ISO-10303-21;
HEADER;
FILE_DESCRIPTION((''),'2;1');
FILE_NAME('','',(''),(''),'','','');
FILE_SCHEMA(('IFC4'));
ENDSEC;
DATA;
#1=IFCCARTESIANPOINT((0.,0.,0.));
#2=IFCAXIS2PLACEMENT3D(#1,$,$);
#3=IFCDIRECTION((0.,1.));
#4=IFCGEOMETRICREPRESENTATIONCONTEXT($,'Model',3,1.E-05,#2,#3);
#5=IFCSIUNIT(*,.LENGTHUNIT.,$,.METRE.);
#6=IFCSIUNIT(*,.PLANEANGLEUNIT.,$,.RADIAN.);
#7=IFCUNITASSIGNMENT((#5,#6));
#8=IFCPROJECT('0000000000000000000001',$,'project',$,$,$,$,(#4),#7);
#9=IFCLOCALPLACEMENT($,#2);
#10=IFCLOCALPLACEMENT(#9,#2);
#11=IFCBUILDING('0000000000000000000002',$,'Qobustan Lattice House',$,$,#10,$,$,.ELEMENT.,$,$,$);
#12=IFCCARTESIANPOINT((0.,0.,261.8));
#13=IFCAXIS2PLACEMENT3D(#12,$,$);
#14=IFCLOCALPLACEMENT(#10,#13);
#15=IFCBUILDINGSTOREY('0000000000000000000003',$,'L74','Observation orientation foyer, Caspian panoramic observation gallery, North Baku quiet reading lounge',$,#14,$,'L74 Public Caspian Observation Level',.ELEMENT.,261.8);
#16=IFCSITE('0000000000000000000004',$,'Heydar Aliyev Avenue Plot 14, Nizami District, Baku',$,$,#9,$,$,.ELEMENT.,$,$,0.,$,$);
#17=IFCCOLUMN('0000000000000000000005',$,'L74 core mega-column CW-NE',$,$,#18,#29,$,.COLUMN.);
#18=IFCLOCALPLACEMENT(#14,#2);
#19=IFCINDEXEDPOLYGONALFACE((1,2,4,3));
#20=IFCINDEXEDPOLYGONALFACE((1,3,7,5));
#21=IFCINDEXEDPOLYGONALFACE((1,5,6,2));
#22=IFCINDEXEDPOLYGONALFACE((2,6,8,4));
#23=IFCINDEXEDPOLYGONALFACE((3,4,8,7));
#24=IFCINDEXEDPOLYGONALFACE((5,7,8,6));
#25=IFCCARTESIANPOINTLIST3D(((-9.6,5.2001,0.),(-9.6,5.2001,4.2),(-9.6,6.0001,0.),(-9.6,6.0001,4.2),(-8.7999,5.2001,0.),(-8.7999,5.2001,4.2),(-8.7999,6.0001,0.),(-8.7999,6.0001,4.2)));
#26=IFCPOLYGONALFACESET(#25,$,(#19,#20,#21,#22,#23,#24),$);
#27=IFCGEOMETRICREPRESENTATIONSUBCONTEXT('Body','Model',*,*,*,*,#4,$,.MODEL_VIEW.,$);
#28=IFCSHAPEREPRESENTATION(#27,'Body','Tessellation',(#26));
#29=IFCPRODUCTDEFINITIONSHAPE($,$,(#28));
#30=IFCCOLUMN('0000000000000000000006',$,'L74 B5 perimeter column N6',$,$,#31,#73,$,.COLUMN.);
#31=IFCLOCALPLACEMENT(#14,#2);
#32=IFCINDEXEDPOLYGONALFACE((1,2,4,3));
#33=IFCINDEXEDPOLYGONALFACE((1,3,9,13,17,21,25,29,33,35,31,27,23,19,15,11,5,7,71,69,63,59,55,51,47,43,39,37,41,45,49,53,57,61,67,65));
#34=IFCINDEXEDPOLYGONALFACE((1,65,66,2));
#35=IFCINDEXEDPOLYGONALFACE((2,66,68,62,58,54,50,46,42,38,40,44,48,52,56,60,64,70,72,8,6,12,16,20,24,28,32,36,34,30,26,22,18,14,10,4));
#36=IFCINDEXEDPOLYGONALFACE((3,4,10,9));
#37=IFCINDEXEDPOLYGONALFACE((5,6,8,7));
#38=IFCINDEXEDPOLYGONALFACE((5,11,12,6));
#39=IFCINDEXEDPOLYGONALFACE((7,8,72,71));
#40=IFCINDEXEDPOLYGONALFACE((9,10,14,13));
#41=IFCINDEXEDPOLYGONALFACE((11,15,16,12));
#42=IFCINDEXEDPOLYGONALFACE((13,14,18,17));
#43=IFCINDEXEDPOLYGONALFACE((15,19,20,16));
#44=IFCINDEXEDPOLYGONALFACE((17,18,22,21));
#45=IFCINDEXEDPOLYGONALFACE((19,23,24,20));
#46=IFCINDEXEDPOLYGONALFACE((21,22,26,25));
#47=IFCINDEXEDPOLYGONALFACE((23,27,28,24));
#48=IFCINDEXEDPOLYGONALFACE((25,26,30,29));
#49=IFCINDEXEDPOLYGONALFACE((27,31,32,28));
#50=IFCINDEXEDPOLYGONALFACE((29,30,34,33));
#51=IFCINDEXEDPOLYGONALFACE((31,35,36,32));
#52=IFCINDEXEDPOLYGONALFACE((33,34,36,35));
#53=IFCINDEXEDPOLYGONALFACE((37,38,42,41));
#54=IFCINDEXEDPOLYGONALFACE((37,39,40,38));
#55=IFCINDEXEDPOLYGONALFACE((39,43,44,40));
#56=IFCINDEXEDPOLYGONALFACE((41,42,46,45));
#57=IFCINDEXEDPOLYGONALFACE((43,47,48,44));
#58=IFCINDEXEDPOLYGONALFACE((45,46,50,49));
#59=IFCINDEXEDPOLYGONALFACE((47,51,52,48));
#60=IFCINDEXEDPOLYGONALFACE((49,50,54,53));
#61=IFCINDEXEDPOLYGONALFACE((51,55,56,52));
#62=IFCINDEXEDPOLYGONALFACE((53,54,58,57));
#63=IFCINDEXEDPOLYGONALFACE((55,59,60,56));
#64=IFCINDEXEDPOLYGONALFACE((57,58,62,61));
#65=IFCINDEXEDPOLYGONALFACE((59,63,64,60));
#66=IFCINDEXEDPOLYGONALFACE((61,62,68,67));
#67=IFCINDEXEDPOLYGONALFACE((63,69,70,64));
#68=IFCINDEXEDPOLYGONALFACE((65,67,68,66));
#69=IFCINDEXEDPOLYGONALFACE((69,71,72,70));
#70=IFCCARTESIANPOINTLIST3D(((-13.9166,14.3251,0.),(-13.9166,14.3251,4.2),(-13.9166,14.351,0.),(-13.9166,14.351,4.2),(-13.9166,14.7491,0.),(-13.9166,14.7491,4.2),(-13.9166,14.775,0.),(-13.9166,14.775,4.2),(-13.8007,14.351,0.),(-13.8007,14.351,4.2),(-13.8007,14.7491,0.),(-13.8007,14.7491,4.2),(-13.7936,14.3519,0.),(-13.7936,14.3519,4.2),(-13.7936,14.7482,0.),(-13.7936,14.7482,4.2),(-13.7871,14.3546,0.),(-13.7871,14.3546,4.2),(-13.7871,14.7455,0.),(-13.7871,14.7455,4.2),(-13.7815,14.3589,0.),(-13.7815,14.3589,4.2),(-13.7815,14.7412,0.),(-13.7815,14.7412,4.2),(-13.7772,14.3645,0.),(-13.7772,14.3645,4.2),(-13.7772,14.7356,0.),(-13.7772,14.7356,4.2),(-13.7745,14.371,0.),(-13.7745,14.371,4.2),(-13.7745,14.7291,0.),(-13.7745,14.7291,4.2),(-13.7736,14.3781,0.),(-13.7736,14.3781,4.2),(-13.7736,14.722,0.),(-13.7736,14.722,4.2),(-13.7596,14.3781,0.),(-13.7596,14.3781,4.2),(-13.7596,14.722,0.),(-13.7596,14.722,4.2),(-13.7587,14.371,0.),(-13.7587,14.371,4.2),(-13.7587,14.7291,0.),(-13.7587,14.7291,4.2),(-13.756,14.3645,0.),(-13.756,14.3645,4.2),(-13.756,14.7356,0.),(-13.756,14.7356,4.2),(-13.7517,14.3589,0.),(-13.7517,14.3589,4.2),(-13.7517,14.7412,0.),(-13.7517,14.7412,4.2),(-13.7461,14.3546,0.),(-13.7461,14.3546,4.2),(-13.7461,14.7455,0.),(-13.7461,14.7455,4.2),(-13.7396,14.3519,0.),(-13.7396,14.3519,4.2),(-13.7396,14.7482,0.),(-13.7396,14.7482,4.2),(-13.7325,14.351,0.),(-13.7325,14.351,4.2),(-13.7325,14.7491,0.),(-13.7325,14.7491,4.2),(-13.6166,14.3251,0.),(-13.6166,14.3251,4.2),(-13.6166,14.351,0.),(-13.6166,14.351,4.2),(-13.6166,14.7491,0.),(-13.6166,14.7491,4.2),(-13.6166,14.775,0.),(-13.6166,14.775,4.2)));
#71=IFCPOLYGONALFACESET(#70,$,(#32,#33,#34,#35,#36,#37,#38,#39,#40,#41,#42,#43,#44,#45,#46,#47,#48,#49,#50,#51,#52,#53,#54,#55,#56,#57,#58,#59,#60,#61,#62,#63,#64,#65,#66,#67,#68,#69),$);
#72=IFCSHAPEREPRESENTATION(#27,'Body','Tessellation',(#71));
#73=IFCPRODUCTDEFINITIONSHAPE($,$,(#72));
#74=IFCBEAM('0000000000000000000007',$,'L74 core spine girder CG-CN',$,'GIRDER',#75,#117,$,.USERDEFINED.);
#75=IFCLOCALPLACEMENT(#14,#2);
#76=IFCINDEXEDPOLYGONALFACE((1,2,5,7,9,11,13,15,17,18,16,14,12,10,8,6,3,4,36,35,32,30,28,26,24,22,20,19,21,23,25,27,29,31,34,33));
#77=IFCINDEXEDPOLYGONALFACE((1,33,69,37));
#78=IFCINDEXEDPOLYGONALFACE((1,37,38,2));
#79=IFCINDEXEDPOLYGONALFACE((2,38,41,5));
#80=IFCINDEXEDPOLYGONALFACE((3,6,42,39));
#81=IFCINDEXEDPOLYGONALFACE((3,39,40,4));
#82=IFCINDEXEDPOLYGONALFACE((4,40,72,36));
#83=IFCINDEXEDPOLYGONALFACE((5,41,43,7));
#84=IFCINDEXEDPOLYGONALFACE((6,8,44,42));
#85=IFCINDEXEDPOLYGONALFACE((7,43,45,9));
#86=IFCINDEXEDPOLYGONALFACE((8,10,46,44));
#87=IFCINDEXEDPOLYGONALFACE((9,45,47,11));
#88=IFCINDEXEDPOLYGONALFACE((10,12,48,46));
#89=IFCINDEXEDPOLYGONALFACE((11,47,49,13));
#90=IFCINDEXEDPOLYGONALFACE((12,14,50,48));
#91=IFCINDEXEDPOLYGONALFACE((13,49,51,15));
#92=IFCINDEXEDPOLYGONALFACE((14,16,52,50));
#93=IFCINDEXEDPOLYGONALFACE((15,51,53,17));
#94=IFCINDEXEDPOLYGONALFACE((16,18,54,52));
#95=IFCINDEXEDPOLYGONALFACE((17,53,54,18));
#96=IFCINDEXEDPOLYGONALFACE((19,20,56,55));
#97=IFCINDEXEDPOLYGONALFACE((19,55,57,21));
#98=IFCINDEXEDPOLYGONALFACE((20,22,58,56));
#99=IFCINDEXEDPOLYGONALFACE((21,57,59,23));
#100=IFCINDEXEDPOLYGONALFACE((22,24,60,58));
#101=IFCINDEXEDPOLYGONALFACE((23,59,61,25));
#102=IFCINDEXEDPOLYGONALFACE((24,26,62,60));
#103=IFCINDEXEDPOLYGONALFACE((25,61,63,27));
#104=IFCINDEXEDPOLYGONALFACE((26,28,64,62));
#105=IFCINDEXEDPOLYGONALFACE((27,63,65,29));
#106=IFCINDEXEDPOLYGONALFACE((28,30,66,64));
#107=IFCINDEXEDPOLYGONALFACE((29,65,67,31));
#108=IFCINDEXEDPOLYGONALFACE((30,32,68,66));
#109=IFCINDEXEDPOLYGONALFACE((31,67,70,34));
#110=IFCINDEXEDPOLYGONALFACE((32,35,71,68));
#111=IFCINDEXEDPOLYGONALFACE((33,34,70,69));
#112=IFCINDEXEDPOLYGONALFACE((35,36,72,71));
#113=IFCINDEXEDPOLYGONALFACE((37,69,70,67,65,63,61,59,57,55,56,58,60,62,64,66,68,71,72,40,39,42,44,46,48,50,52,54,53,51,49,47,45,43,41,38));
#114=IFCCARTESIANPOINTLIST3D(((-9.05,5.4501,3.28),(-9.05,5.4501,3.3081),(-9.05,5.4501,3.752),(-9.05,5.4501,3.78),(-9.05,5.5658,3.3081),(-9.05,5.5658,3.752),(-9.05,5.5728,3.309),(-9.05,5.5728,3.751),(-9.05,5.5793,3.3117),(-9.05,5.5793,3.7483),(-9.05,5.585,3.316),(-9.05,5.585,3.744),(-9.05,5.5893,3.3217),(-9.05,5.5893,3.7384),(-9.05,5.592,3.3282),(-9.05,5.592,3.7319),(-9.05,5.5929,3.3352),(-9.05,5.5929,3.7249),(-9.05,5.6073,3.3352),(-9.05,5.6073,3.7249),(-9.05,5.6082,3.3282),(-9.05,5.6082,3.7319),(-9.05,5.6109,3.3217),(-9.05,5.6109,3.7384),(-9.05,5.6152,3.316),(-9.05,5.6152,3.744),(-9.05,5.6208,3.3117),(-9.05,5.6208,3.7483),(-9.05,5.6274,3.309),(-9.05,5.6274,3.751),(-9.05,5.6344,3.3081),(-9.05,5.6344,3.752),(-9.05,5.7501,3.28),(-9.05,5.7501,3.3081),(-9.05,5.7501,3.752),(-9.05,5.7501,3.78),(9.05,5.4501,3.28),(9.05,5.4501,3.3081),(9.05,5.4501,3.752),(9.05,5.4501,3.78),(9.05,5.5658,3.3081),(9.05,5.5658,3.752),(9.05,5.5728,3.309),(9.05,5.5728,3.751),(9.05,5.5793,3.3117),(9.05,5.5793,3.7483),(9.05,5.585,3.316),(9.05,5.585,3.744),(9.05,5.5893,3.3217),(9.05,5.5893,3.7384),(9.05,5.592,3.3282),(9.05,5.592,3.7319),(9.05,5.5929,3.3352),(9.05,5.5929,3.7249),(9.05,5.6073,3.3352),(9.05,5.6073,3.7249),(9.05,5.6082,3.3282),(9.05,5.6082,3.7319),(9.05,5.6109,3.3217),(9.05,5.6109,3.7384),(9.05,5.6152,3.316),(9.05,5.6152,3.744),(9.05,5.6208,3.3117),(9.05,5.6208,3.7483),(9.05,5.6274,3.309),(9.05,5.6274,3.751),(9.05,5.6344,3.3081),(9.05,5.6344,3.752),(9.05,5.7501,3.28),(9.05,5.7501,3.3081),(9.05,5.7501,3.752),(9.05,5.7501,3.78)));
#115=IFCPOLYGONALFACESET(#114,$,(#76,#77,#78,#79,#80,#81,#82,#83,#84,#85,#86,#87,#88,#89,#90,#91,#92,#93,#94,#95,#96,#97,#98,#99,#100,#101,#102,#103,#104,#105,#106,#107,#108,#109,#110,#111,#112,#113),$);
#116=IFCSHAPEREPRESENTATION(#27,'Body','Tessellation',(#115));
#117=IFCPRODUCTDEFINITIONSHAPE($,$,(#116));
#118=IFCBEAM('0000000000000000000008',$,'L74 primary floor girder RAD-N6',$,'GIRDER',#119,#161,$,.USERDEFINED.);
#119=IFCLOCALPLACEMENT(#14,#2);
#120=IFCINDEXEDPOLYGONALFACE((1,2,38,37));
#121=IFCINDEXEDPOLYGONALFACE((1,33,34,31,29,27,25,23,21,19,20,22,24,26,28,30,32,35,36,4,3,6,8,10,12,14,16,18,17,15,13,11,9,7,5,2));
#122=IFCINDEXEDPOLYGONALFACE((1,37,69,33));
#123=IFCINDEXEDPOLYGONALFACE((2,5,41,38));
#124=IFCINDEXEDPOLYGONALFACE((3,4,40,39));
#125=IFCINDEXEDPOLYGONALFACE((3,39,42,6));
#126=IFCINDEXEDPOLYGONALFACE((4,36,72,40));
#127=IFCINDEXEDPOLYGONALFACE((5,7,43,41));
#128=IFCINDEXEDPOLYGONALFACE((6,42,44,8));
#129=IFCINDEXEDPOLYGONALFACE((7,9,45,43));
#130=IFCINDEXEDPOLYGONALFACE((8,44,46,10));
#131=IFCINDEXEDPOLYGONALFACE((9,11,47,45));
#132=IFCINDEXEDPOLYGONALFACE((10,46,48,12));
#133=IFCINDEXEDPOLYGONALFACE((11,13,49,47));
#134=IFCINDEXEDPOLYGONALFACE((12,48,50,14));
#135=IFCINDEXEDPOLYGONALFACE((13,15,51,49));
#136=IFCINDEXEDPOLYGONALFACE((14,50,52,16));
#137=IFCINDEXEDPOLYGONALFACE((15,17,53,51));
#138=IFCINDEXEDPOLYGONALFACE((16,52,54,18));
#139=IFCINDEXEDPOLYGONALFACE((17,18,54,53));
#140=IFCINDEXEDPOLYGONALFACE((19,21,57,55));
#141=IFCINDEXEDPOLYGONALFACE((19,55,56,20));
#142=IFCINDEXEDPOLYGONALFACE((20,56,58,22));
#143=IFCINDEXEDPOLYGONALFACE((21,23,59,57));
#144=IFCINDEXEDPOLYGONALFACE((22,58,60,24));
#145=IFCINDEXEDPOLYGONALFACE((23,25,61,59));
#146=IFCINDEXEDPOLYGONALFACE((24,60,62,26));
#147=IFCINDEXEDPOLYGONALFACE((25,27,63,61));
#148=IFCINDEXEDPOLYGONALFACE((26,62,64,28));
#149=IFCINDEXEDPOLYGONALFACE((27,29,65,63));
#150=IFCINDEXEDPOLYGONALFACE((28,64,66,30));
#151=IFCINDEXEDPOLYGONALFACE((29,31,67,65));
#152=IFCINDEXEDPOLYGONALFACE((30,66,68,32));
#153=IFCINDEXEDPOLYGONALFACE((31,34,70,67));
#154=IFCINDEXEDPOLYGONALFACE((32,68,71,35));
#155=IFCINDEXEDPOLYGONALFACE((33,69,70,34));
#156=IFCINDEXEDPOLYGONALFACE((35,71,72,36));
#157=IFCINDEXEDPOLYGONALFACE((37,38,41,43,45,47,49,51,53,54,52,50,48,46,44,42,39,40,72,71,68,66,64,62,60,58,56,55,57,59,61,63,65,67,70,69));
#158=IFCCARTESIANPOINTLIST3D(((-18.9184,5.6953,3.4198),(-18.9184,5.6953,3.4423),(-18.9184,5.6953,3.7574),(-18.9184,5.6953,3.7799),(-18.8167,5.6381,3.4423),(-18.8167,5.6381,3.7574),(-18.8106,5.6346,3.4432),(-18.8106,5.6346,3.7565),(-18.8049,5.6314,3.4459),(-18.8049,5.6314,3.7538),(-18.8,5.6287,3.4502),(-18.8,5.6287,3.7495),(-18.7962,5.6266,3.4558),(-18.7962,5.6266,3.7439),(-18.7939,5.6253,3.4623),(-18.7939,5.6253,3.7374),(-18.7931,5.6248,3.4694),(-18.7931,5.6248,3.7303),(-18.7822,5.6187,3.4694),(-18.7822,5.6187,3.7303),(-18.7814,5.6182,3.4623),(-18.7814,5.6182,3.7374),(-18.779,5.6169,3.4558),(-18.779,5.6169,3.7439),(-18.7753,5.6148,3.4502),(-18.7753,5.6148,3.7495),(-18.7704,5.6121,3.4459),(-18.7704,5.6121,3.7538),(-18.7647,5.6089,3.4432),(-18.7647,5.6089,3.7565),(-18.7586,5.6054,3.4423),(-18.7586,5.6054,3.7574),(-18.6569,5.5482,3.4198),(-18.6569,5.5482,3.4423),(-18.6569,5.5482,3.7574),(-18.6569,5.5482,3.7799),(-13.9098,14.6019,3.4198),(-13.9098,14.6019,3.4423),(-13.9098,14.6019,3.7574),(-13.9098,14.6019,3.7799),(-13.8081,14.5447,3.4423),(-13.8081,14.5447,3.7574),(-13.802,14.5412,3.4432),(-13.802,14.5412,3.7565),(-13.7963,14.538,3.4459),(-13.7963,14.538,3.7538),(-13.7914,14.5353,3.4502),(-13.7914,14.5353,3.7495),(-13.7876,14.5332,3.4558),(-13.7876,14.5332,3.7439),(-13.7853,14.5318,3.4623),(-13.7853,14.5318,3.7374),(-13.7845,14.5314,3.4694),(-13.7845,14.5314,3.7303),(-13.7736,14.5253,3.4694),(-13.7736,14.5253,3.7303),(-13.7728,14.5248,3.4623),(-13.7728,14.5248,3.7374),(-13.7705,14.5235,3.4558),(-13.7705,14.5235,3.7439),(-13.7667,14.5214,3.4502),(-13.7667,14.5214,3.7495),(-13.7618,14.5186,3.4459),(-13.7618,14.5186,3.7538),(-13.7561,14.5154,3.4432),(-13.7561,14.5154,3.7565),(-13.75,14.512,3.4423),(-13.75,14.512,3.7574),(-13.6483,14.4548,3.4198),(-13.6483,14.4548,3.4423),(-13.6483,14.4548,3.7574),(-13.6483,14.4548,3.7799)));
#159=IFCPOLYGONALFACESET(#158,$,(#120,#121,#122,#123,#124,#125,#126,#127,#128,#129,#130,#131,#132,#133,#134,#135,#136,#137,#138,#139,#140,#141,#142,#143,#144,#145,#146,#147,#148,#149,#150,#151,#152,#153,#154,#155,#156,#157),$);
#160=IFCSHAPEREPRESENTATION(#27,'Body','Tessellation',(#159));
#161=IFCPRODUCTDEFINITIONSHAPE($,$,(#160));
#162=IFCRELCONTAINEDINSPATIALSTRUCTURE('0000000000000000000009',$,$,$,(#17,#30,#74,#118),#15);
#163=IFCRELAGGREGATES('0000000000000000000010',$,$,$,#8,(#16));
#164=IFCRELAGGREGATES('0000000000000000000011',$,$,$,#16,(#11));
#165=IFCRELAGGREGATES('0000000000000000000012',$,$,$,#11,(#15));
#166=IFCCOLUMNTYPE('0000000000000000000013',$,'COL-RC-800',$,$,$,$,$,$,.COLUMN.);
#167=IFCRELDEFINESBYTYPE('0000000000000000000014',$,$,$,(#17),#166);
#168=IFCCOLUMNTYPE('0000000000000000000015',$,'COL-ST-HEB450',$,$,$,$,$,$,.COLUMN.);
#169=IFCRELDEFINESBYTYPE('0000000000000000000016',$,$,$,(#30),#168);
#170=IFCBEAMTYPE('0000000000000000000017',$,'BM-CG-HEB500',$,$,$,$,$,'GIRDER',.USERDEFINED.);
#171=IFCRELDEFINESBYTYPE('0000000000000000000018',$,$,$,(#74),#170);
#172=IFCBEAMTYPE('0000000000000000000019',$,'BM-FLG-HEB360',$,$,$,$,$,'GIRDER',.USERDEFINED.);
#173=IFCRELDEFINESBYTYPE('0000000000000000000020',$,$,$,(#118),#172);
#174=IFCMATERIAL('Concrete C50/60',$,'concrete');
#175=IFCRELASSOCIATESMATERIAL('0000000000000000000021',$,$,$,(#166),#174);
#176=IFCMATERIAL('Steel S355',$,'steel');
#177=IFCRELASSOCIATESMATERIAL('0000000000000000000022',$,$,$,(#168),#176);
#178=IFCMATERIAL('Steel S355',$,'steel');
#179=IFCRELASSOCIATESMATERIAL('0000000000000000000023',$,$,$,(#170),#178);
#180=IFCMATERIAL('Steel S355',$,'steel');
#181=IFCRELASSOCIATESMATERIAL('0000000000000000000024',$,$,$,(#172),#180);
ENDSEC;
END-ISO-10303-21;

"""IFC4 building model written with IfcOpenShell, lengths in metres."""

from ifc_helpers import new_model, si_unit, direction, frame, origin, origin_2d, place, context, subcontext, project, spatial, rectangle, i_section, extrude, material, material_profile, profile_set, type_object, element, save


model = new_model("IFC4")

# Units and contexts
model_context = context("Model", 3, precision=1e-05, world=origin(), true_north=direction((0.0, 1.0)))
body_context = subcontext(model_context, "Body", "Model", "MODEL_VIEW")
ifc_project = project(units=[si_unit("LENGTHUNIT", "METRE"), si_unit("PLANEANGLEUNIT", "RADIAN")], contexts=[model_context])

# Site, building, storey
site_placement = place(None, origin())
site = spatial("IfcSite", under=ifc_project, at=site_placement, Name="Heydar Aliyev Avenue Plot 14, Nizami District, Baku", CompositionType="ELEMENT", RefElevation=0.0)
building_placement = place(site_placement, origin())
building = spatial("IfcBuilding", under=site, at=building_placement, Name="Qobustan Lattice House", CompositionType="ELEMENT")
storey_placement = place(building_placement, frame((0.0, 0.0, 261.8)))
storey = spatial("IfcBuildingStorey", under=building, at=storey_placement, Name="L74", Description="Observation orientation foyer, Caspian panoramic observation gallery, North Baku quiet reading lounge", LongName="L74 Public Caspian Observation Level", CompositionType="ELEMENT", Elevation=261.8)

# Columns
ifc_material_1 = material(Name="Concrete C50/60", Category="concrete")
ifc_material_profile_1 = material_profile(ifc_material_1, rectangle(XDim=0.8, YDim=0.8, at=origin_2d()), Name="RC800x800")
ifc_profile_set_1 = profile_set([ifc_material_profile_1], Name="Concrete C50/60")
column_type_1 = type_object("IfcColumnType", Name="COL-RC-800", PredefinedType="COLUMN", material=ifc_profile_set_1)
column_1_placement = place(storey_placement, frame((-9.2, 5.6001, 0.0), z_axis=(0.0, 0.0, 1.0), x_axis=(1.0, 0.0, 0.0)))
element("IfcColumn", 1, at=column_1_placement, inside=storey, type_object=column_type_1, Name="L74 core mega-column CW-NE", PredefinedType="COLUMN", context=body_context, shape_type="SweptSolid", body=[
    extrude(rectangle(XDim=0.8, YDim=0.8, at=origin_2d()), origin(), (0.0, 0.0, 1.0), 4.2),
])
ifc_material_2 = material(Name="Steel S355", Category="steel")
ifc_material_profile_2 = material_profile(ifc_material_2, i_section(OverallWidth=0.3, OverallDepth=0.45, WebThickness=0.0139, FlangeThickness=0.0259, FilletRadius=0.0271, at=origin_2d()), Name="HEB450")
ifc_profile_set_2 = profile_set([ifc_material_profile_2], Name="Steel S355")
column_type_2 = type_object("IfcColumnType", Name="COL-ST-HEB450", PredefinedType="COLUMN", material=ifc_profile_set_2)
column_2_placement = place(storey_placement, frame((-13.7666, 14.55, 0.0), z_axis=(0.0, 0.0, 1.0), x_axis=(1.0, 0.0, 0.0)))
element("IfcColumn", 2, at=column_2_placement, inside=storey, type_object=column_type_2, Name="L74 B5 perimeter column N6", PredefinedType="COLUMN", context=body_context, shape_type="SweptSolid", body=[
    extrude(i_section(OverallWidth=0.3, OverallDepth=0.45, WebThickness=0.0139, FlangeThickness=0.0259, FilletRadius=0.0271, at=origin_2d()), origin(), (0.0, 0.0, 1.0), 4.2),
])

# Beams
ifc_material_3 = material(Name="Steel S355", Category="steel")
ifc_material_profile_3 = material_profile(ifc_material_3, i_section(OverallWidth=0.3, OverallDepth=0.5, WebThickness=0.0144, FlangeThickness=0.0281, FilletRadius=0.0271, at=origin_2d()), Name="HEB500")
ifc_profile_set_3 = profile_set([ifc_material_profile_3], Name="Steel S355")
beam_type_1 = type_object("IfcBeamType", Name="BM-CG-HEB500", ElementType="GIRDER", PredefinedType="USERDEFINED", material=ifc_profile_set_3)
beam_1_placement = place(storey_placement, frame((-9.05, 5.6001, 3.53), z_axis=(1.0, 0.0, 0.0), x_axis=(0.0, 1.0, 0.0)))
element("IfcBeam", 3, at=beam_1_placement, inside=storey, type_object=beam_type_1, Name="L74 core spine girder CG-CN", ObjectType="GIRDER", PredefinedType="USERDEFINED", context=body_context, shape_type="SweptSolid", body=[
    extrude(i_section(OverallWidth=0.3, OverallDepth=0.5, WebThickness=0.0144, FlangeThickness=0.0281, FilletRadius=0.0271, at=origin_2d()), origin(), (0.0, 0.0, 1.0), 18.1001),
])
ifc_material_4 = material(Name="Steel S355", Category="steel")
ifc_material_profile_4 = material_profile(ifc_material_4, i_section(OverallWidth=0.3, OverallDepth=0.3601, WebThickness=0.0125, FlangeThickness=0.0225, FilletRadius=0.0271, at=origin_2d()), Name="HEB360")
ifc_profile_set_4 = profile_set([ifc_material_profile_4], Name="Steel S355")
beam_type_2 = type_object("IfcBeamType", Name="BM-FLG-HEB360", ElementType="GIRDER", PredefinedType="USERDEFINED", material=ifc_profile_set_4)
beam_2_placement = place(storey_placement, frame((-13.7791, 14.5283, 3.5999), z_axis=(-0.49016, -0.871632, 0.0), x_axis=(0.871632, -0.49016, 0.0)))
element("IfcBeam", 4, at=beam_2_placement, inside=storey, type_object=beam_type_2, Name="L74 primary floor girder RAD-N6", ObjectType="GIRDER", PredefinedType="USERDEFINED", context=body_context, shape_type="SweptSolid", body=[
    extrude(i_section(OverallWidth=0.3, OverallDepth=0.3601, WebThickness=0.0125, FlangeThickness=0.0225, FilletRadius=0.0271, at=origin_2d()), origin(), (0.0, 0.0, 1.0), 10.2183),
])

save(model, "model.ifc")
